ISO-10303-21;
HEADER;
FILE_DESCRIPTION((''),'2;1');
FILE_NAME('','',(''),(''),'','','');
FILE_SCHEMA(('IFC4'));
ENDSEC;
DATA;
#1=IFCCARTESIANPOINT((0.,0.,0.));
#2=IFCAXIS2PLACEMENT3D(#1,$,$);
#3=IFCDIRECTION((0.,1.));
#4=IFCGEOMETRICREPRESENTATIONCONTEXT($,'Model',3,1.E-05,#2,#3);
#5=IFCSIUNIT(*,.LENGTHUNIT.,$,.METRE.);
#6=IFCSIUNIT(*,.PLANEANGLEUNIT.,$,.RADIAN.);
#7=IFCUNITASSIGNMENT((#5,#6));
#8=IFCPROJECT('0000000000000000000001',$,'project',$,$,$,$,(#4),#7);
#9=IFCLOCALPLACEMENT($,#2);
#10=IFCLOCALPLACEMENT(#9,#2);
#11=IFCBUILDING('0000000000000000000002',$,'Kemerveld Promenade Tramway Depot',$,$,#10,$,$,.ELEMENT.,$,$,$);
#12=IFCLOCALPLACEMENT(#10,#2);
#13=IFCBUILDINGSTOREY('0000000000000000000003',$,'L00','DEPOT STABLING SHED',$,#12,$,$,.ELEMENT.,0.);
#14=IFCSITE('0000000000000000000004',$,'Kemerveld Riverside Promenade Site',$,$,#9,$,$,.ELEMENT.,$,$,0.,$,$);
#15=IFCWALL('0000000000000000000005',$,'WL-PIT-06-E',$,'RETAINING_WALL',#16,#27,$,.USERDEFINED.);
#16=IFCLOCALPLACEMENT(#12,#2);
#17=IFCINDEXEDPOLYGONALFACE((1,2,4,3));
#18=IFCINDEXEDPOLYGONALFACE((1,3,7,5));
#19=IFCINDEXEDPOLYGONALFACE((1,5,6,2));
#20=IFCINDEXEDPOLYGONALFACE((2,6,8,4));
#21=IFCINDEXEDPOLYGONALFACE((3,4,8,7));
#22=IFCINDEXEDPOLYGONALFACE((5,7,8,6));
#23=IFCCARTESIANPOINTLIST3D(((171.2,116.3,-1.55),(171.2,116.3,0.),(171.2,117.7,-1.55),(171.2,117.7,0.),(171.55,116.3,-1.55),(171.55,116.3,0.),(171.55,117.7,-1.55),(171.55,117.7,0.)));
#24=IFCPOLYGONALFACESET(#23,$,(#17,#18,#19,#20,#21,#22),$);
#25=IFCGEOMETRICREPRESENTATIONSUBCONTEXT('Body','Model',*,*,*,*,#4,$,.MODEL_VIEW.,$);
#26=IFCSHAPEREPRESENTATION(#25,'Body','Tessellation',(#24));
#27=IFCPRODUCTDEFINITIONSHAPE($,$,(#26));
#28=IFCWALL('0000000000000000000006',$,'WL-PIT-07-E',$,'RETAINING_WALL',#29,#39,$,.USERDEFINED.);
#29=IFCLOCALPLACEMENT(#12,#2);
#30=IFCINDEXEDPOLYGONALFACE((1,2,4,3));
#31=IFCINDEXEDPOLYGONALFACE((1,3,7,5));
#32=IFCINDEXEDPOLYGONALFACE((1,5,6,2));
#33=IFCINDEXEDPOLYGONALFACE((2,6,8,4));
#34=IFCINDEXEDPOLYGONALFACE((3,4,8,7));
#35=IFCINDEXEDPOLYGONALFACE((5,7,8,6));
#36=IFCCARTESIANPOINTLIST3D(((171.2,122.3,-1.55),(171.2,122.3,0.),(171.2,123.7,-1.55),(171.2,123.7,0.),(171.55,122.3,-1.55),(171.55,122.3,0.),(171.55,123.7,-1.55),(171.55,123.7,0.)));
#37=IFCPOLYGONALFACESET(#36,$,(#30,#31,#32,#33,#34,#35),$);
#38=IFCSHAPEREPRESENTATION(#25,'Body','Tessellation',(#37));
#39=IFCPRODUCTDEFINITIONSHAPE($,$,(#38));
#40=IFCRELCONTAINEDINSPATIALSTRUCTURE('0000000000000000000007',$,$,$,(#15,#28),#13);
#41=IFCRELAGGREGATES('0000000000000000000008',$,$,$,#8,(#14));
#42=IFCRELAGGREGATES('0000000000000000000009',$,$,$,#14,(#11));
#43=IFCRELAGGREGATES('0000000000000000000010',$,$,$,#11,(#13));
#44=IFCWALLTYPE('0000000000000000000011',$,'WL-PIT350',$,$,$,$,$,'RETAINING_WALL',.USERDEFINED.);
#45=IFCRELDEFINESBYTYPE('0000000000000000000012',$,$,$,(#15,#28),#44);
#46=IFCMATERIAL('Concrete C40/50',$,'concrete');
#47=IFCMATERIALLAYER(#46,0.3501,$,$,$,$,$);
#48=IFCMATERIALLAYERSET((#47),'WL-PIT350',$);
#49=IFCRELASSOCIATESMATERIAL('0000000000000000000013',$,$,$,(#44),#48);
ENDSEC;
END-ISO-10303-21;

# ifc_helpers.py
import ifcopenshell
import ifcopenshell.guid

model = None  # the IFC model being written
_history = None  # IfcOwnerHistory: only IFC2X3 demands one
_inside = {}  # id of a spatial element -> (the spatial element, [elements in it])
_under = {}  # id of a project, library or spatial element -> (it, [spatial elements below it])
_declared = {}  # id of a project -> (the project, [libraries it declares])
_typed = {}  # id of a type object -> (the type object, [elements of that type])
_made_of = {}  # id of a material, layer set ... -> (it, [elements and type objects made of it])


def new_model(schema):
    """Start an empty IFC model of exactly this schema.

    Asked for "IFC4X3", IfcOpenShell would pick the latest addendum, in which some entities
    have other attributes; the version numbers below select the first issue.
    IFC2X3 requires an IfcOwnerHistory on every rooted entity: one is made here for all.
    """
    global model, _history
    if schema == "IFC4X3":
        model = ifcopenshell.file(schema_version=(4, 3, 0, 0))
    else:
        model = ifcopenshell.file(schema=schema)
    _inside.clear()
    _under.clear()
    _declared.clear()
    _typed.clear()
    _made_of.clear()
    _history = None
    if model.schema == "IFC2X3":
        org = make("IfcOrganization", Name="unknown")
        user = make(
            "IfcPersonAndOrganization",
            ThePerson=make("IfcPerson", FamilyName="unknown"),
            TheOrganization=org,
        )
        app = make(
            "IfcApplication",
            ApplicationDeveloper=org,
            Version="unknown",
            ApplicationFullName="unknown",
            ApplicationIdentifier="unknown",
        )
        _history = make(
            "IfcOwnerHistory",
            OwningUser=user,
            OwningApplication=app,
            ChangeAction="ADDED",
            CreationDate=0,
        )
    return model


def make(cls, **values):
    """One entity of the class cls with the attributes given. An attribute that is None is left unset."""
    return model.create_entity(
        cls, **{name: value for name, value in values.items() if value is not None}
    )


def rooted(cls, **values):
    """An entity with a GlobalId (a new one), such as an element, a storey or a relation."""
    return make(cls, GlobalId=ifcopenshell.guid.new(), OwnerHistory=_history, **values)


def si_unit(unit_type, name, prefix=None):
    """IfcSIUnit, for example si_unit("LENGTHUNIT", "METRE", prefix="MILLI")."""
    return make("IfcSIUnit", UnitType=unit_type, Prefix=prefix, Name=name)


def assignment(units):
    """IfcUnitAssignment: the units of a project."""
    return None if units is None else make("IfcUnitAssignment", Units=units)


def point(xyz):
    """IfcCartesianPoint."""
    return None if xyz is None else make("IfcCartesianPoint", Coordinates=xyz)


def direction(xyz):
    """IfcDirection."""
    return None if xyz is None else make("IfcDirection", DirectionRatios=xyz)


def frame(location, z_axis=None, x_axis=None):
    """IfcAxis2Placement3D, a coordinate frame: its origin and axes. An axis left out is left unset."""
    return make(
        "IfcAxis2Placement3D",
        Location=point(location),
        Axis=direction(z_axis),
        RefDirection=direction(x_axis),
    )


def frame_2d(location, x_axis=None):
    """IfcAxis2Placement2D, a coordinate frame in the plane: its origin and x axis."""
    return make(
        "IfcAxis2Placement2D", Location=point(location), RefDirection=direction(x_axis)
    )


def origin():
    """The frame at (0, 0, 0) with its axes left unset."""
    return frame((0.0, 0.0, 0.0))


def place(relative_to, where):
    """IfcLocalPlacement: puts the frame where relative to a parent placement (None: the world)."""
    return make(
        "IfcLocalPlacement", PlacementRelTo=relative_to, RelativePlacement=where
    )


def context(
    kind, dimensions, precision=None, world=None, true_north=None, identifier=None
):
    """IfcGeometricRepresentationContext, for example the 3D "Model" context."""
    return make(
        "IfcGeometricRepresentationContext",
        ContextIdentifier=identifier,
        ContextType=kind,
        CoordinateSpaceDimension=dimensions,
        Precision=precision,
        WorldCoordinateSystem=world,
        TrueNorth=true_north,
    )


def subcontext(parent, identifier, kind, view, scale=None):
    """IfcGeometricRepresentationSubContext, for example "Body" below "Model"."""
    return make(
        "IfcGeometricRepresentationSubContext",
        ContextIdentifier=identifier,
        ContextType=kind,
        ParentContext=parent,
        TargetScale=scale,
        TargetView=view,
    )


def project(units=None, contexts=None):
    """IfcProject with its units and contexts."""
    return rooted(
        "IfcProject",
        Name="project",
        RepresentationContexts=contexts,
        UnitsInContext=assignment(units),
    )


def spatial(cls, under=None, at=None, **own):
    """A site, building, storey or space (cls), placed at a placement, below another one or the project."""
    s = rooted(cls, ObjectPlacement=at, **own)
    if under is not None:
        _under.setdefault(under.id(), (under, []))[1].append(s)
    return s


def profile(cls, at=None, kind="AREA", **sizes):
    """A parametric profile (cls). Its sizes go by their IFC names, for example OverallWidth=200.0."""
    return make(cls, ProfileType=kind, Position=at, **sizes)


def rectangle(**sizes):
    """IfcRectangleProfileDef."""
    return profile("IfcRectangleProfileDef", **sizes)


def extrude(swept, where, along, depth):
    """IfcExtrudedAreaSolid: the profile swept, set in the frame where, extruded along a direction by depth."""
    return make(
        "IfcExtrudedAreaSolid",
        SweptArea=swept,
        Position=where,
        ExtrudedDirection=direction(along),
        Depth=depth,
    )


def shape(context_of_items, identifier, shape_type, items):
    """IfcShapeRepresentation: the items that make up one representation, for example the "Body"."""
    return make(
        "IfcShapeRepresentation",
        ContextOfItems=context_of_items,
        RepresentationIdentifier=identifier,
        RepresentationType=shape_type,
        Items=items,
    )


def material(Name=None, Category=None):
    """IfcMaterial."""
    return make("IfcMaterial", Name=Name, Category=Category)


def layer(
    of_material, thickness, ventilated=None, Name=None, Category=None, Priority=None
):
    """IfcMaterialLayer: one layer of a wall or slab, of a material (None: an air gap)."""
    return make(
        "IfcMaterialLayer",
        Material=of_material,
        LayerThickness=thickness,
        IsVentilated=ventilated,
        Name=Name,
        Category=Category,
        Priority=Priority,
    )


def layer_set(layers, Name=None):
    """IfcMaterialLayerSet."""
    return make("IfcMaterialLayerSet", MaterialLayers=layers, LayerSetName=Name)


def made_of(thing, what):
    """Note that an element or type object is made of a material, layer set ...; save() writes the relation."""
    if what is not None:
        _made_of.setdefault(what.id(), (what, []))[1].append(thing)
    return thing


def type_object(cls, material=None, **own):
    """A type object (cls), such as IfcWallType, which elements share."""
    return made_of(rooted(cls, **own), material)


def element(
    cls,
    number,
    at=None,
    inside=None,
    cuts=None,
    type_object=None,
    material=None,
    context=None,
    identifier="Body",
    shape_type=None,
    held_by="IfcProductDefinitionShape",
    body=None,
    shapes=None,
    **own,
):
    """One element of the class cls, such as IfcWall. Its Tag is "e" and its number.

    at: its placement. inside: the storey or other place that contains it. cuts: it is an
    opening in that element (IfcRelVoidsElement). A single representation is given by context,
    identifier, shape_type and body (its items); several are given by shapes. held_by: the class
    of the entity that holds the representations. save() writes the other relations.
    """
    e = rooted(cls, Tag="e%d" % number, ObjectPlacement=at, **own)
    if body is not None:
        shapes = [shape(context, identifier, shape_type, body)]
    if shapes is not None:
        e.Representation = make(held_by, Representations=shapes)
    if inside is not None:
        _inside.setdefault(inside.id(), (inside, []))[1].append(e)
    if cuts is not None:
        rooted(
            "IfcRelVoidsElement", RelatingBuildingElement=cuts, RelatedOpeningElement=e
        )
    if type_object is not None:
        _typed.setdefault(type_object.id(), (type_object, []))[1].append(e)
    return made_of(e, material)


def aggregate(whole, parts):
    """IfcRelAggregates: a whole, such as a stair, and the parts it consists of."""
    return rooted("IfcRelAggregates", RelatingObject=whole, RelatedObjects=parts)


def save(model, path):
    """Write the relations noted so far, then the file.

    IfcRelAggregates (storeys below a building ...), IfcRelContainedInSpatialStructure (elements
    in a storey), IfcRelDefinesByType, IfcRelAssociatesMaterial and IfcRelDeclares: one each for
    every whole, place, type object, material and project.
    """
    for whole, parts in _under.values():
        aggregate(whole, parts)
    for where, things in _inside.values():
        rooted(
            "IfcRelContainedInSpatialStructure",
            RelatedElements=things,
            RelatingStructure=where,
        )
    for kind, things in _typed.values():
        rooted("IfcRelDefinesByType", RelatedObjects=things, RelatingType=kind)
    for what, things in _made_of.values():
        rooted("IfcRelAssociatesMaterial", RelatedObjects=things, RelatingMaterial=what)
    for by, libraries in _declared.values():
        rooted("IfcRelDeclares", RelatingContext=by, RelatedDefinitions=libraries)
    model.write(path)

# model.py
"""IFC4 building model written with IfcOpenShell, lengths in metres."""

from ifc_helpers import new_model, si_unit, direction, frame, frame_2d, origin, place, context, subcontext, project, spatial, rectangle, extrude, material, layer, layer_set, type_object, element, save


model = new_model("IFC4")

# Units and contexts
model_context = context("Model", 3, precision=1e-05, world=origin(), true_north=direction((0.0, 1.0)))
body_context = subcontext(model_context, "Body", "Model", "MODEL_VIEW")
ifc_project = project(units=[si_unit("LENGTHUNIT", "METRE"), si_unit("PLANEANGLEUNIT", "RADIAN")], contexts=[model_context])

# Site, building, storey
site_placement = place(None, origin())
site = spatial("IfcSite", under=ifc_project, at=site_placement, Name="Kemerveld Riverside Promenade Site", CompositionType="ELEMENT", RefElevation=0.0)
building_placement = place(site_placement, origin())
building = spatial("IfcBuilding", under=site, at=building_placement, Name="Kemerveld Promenade Tramway Depot", CompositionType="ELEMENT")
storey_placement = place(building_placement, origin())
storey = spatial("IfcBuildingStorey", under=building, at=storey_placement, Name="L00", Description="DEPOT STABLING SHED", CompositionType="ELEMENT", Elevation=0.0)

# Walls
ifc_material_1 = material(Name="Concrete C40/50", Category="concrete")
ifc_layer_1 = layer(ifc_material_1, 0.3501)
ifc_layer_set_1 = layer_set([ifc_layer_1], Name="WL-PIT350")
wall_type = type_object("IfcWallType", Name="WL-PIT350", ElementType="RETAINING_WALL", PredefinedType="USERDEFINED", material=ifc_layer_set_1)
for number, where, z_axis, x_axis, name in (
    (1, (171.375, 116.3, -1.55), (0.0, 0.0, 1.0), (0.0, 1.0, 0.0), "WL-PIT-06-E"),
    (2, (171.375, 122.3, -1.55), (0.0, 0.0, 1.0), (0.0, 1.0, 0.0), "WL-PIT-07-E"),
):
    element("IfcWall", number, at=place(storey_placement, frame(where, z_axis=z_axis, x_axis=x_axis)), inside=storey, type_object=wall_type, Name=name, ObjectType="RETAINING_WALL", PredefinedType="USERDEFINED", context=body_context, shape_type="SweptSolid", body=[
        extrude(rectangle(XDim=1.3999, YDim=0.3501, at=frame_2d((0.7, 0.0))), origin(), (0.0, 0.0, 1.0), 1.55),
    ])

save(model, "model.ifc")
